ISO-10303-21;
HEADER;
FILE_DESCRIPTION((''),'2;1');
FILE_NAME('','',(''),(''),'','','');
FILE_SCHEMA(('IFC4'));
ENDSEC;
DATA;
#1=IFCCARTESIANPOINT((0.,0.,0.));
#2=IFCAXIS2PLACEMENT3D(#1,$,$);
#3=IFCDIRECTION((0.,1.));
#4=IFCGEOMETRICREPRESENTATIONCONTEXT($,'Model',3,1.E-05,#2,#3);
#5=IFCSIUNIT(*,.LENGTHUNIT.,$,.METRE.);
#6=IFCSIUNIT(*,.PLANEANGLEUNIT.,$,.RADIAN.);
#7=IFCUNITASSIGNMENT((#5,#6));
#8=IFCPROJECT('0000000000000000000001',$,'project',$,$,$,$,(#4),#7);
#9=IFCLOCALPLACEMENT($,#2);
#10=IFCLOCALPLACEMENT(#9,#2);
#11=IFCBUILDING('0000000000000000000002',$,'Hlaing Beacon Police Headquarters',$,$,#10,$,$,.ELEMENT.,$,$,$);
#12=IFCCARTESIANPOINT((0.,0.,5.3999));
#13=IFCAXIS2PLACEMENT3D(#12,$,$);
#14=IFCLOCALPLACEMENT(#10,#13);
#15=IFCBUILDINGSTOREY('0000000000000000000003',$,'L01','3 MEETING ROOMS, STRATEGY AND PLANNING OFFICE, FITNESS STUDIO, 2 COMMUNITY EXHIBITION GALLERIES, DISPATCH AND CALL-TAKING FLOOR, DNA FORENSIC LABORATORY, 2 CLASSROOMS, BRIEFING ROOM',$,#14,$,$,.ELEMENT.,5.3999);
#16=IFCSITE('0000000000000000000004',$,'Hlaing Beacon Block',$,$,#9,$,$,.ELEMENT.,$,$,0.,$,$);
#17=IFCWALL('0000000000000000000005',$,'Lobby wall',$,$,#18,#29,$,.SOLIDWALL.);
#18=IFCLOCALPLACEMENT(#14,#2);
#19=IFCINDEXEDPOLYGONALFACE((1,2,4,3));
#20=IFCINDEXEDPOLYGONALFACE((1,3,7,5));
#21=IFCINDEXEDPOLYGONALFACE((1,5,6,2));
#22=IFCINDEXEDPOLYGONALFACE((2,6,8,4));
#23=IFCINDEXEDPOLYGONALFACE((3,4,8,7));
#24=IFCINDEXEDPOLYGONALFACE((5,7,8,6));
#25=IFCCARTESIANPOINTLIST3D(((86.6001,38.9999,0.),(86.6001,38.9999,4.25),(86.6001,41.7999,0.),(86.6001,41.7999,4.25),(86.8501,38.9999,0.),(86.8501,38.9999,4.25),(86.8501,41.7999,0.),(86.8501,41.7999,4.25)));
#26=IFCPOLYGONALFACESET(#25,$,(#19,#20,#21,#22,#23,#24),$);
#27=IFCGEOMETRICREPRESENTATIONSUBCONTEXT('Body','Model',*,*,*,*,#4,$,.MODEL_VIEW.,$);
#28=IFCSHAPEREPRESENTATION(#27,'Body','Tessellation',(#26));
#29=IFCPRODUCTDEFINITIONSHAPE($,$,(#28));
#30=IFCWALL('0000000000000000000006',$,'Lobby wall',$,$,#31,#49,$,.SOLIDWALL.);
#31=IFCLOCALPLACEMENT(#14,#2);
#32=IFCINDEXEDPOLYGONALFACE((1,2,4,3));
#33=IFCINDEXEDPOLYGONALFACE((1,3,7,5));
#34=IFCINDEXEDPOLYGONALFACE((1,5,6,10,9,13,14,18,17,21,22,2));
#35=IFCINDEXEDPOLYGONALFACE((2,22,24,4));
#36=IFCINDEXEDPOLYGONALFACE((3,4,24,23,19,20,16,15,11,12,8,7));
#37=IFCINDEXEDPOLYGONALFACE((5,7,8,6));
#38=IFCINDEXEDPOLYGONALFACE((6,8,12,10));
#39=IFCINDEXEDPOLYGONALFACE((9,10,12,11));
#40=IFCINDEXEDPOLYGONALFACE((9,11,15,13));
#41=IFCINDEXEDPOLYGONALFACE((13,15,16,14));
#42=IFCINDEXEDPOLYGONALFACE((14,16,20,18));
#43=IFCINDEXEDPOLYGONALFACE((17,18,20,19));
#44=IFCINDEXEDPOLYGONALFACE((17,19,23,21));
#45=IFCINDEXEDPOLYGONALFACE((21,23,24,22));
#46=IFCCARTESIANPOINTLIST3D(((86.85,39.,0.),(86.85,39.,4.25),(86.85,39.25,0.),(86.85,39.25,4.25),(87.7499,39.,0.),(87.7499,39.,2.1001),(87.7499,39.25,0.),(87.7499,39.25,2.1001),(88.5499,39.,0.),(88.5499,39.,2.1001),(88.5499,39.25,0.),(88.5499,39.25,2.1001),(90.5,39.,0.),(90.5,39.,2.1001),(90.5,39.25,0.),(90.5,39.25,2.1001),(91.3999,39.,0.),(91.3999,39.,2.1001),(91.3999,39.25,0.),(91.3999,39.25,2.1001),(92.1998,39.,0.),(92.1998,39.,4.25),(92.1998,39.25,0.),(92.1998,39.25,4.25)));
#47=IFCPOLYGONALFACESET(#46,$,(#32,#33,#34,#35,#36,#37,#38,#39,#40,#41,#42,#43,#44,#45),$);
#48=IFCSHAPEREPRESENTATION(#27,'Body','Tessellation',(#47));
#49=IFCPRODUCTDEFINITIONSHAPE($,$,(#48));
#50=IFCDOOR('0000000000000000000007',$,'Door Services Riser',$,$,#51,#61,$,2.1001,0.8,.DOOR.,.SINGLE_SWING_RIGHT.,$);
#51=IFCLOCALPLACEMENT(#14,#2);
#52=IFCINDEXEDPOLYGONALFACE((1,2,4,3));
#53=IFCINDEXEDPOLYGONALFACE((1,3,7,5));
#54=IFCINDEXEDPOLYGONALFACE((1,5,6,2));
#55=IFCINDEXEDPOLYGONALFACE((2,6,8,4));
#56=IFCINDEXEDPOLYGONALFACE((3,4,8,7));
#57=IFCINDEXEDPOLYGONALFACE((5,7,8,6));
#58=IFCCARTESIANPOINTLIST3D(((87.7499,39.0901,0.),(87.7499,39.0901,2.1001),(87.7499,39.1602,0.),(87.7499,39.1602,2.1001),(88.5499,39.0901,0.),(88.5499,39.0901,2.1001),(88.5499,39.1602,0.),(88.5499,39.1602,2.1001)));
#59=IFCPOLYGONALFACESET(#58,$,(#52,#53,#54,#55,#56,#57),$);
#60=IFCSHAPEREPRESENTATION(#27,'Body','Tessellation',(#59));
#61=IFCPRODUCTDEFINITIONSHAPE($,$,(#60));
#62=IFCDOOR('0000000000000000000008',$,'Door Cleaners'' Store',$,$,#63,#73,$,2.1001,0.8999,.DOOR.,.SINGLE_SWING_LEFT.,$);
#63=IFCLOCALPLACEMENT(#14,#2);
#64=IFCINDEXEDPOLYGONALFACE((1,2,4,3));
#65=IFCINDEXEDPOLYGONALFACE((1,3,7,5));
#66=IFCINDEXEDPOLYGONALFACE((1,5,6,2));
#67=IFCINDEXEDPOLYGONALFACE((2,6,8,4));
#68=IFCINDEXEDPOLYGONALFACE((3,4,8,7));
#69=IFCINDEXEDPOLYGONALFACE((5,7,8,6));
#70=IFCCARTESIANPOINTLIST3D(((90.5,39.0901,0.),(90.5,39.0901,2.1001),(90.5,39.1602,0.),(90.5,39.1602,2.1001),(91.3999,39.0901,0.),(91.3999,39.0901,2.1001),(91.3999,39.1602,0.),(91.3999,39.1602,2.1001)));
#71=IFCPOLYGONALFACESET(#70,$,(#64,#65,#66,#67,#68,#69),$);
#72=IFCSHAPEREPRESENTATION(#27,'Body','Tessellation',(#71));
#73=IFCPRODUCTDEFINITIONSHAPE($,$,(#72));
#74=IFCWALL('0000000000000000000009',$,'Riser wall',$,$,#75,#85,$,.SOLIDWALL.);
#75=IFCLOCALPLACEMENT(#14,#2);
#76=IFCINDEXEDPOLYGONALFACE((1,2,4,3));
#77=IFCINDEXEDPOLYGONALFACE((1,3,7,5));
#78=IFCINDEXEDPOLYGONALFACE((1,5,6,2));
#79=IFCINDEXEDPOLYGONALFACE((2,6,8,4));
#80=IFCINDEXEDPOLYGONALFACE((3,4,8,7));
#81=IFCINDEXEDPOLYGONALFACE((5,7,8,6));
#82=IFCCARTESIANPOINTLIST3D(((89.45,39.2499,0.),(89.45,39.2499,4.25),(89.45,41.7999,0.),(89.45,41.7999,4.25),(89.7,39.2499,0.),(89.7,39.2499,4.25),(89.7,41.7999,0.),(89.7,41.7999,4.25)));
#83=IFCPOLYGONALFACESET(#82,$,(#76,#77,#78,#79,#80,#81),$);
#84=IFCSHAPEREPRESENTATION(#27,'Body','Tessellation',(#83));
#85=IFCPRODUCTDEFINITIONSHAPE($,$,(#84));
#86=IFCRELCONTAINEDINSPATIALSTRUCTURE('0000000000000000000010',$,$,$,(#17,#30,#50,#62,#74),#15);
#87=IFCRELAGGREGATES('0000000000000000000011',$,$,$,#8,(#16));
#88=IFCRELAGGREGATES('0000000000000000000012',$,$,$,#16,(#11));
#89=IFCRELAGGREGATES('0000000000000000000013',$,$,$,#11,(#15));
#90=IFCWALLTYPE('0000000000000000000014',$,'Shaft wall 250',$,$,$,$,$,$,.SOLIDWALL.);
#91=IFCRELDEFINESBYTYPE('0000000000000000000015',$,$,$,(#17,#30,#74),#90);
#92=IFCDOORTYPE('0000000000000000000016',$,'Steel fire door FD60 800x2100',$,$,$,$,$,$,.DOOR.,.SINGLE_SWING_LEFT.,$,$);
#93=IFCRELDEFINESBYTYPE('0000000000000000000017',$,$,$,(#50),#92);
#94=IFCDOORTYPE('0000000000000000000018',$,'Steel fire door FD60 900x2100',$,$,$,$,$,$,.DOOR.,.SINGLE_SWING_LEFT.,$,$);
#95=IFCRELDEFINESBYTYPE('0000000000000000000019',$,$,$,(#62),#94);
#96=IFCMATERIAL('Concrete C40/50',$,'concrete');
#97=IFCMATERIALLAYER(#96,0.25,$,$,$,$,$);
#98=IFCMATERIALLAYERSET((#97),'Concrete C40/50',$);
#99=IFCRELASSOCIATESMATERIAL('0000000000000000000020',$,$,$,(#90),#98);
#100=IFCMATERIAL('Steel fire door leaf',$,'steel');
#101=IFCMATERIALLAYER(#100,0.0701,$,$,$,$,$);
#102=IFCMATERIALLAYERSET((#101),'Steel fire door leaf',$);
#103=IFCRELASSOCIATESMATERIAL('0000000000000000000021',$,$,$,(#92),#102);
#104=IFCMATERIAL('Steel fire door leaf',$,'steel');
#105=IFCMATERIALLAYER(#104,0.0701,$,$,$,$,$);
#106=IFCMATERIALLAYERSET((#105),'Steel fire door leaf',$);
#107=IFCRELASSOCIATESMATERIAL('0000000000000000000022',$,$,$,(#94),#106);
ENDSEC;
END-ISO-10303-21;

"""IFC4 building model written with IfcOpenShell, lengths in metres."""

from ifc_helpers import new_model, si_unit, direction, frame, frame_2d, origin, place, context, subcontext, project, spatial, rectangle, extrude, material, layer, layer_set, type_object, element, fill, save


model = new_model("IFC4")

# Units and contexts
model_context = context("Model", 3, precision=1e-05, world=origin(), true_north=direction((0.0, 1.0)))
body_context = subcontext(model_context, "Body", "Model", "MODEL_VIEW")
ifc_project = project(units=[si_unit("LENGTHUNIT", "METRE"), si_unit("PLANEANGLEUNIT", "RADIAN")], contexts=[model_context])

# Site, building, storey
site_placement = place(None, origin())
site = spatial("IfcSite", under=ifc_project, at=site_placement, Name="Hlaing Beacon Block", CompositionType="ELEMENT", RefElevation=0.0)
building_placement = place(site_placement, origin())
building = spatial("IfcBuilding", under=site, at=building_placement, Name="Hlaing Beacon Police Headquarters", CompositionType="ELEMENT")
storey_placement = place(building_placement, frame((0.0, 0.0, 5.3999)))
storey = spatial("IfcBuildingStorey", under=building, at=storey_placement, Name="L01", Description="3 MEETING ROOMS, STRATEGY AND PLANNING OFFICE, FITNESS STUDIO, 2 COMMUNITY EXHIBITION GALLERIES, DISPATCH AND CALL-TAKING FLOOR, DNA FORENSIC LABORATORY, 2 CLASSROOMS, BRIEFING ROOM", CompositionType="ELEMENT", Elevation=5.3999)

# Shared definitions
ifc_material_1 = material(Name="Concrete C40/50", Category="concrete")
ifc_layer_1 = layer(ifc_material_1, 0.25)
ifc_layer_set_1 = layer_set([ifc_layer_1], Name="Concrete C40/50")
wall_type_1 = type_object("IfcWallType", Name="Shaft wall 250", PredefinedType="SOLIDWALL", material=ifc_layer_set_1)

# Wall
wall_1_placement = place(storey_placement, frame((86.7251, 39.0, 0.0), z_axis=(0.0, 0.0, 1.0), x_axis=(0.0, 1.0, 0.0)))
element("IfcWall", 1, at=wall_1_placement, inside=storey, type_object=wall_type_1, Name="Lobby wall", PredefinedType="SOLIDWALL", context=body_context, shape_type="SweptSolid", body=[
    extrude(rectangle(XDim=2.8, YDim=0.25, at=frame_2d((1.3999, 0.0))), origin(), (0.0, 0.0, 1.0), 4.25),
])

# Wall, openings, doors
wall_2_placement = place(storey_placement, frame((86.8501, 39.125, 0.0), z_axis=(0.0, 0.0, 1.0), x_axis=(1.0, 0.0, 0.0)))
wall_2 = element("IfcWall", 2, at=wall_2_placement, inside=storey, type_object=wall_type_1, Name="Lobby wall", PredefinedType="SOLIDWALL", context=body_context, shape_type="SweptSolid", body=[
    extrude(rectangle(XDim=5.3499, YDim=0.25, at=frame_2d((2.6748, 0.0))), origin(), (0.0, 0.0, 1.0), 4.25),
])
opening_1_placement = place(wall_2_placement, frame((3.6499, 0.0, 0.0)))
opening_1 = element("IfcOpeningElement", 3, at=opening_1_placement, cuts=wall_2, PredefinedType="OPENING", context=body_context, shape_type="SweptSolid", body=[
    extrude(rectangle(XDim=0.8999, YDim=2.1001, at=frame_2d((0.45, 1.05))), frame((0.0, 0.135, 0.0), z_axis=(0.0, -1.0, 0.0), x_axis=(1.0, 0.0, 0.0)), (0.0, 0.0, 1.0), 0.27),
])
opening_2_placement = place(wall_2_placement, frame((0.8999, 0.0, 0.0)))
opening_2 = element("IfcOpeningElement", 4, at=opening_2_placement, cuts=wall_2, PredefinedType="OPENING", context=body_context, shape_type="SweptSolid", body=[
    extrude(rectangle(XDim=0.8, YDim=2.1001, at=frame_2d((0.3999, 1.05))), frame((0.0, 0.135, 0.0), z_axis=(0.0, -1.0, 0.0), x_axis=(1.0, 0.0, 0.0)), (0.0, 0.0, 1.0), 0.27),
])
ifc_material_2 = material(Name="Steel fire door leaf", Category="steel")
ifc_layer_2 = layer(ifc_material_2, 0.0701)
ifc_layer_set_2 = layer_set([ifc_layer_2], Name="Steel fire door leaf")
door_type_1 = type_object("IfcDoorType", Name="Steel fire door FD60 800x2100", OperationType="SINGLE_SWING_LEFT", PredefinedType="DOOR", material=ifc_layer_set_2)
door_1_placement = place(opening_2_placement, origin())
door_1 = element("IfcDoor", 5, at=door_1_placement, inside=storey, type_object=door_type_1, Name="Door Services Riser", OperationType="SINGLE_SWING_RIGHT", OverallHeight=2.1001, OverallWidth=0.8, PredefinedType="DOOR", context=body_context, shape_type="SweptSolid", body=[
    extrude(rectangle(XDim=0.8, YDim=2.1001, at=frame_2d((0.3999, 1.05))), frame((0.0, 0.0352, 0.0), z_axis=(0.0, -1.0, 0.0), x_axis=(1.0, 0.0, 0.0)), (0.0, 0.0, 1.0), 0.0701),
])
fill(opening_2, door_1)
ifc_material_3 = material(Name="Steel fire door leaf", Category="steel")
ifc_layer_3 = layer(ifc_material_3, 0.0701)
ifc_layer_set_3 = layer_set([ifc_layer_3], Name="Steel fire door leaf")
door_type_2 = type_object("IfcDoorType", Name="Steel fire door FD60 900x2100", OperationType="SINGLE_SWING_LEFT", PredefinedType="DOOR", material=ifc_layer_set_3)
door_2_placement = place(opening_1_placement, origin())
door_2 = element("IfcDoor", 6, at=door_2_placement, inside=storey, type_object=door_type_2, Name="Door Cleaners' Store", OperationType="SINGLE_SWING_LEFT", OverallHeight=2.1001, OverallWidth=0.8999, PredefinedType="DOOR", context=body_context, shape_type="SweptSolid", body=[
    extrude(rectangle(XDim=0.8999, YDim=2.1001, at=frame_2d((0.45, 1.05))), frame((0.0, 0.0352, 0.0), z_axis=(0.0, -1.0, 0.0), x_axis=(1.0, 0.0, 0.0)), (0.0, 0.0, 1.0), 0.0701),
])
fill(opening_1, door_2)

# Wall
wall_3_placement = place(storey_placement, frame((89.575, 39.25, 0.0), z_axis=(0.0, 0.0, 1.0), x_axis=(0.0, 1.0, 0.0)))
element("IfcWall", 7, at=wall_3_placement, inside=storey, type_object=wall_type_1, Name="Riser wall", PredefinedType="SOLIDWALL", context=body_context, shape_type="SweptSolid", body=[
    extrude(rectangle(XDim=2.55, YDim=0.25, at=frame_2d((1.2749, 0.0))), origin(), (0.0, 0.0, 1.0), 4.25),
])

save(model, "model.ifc")
